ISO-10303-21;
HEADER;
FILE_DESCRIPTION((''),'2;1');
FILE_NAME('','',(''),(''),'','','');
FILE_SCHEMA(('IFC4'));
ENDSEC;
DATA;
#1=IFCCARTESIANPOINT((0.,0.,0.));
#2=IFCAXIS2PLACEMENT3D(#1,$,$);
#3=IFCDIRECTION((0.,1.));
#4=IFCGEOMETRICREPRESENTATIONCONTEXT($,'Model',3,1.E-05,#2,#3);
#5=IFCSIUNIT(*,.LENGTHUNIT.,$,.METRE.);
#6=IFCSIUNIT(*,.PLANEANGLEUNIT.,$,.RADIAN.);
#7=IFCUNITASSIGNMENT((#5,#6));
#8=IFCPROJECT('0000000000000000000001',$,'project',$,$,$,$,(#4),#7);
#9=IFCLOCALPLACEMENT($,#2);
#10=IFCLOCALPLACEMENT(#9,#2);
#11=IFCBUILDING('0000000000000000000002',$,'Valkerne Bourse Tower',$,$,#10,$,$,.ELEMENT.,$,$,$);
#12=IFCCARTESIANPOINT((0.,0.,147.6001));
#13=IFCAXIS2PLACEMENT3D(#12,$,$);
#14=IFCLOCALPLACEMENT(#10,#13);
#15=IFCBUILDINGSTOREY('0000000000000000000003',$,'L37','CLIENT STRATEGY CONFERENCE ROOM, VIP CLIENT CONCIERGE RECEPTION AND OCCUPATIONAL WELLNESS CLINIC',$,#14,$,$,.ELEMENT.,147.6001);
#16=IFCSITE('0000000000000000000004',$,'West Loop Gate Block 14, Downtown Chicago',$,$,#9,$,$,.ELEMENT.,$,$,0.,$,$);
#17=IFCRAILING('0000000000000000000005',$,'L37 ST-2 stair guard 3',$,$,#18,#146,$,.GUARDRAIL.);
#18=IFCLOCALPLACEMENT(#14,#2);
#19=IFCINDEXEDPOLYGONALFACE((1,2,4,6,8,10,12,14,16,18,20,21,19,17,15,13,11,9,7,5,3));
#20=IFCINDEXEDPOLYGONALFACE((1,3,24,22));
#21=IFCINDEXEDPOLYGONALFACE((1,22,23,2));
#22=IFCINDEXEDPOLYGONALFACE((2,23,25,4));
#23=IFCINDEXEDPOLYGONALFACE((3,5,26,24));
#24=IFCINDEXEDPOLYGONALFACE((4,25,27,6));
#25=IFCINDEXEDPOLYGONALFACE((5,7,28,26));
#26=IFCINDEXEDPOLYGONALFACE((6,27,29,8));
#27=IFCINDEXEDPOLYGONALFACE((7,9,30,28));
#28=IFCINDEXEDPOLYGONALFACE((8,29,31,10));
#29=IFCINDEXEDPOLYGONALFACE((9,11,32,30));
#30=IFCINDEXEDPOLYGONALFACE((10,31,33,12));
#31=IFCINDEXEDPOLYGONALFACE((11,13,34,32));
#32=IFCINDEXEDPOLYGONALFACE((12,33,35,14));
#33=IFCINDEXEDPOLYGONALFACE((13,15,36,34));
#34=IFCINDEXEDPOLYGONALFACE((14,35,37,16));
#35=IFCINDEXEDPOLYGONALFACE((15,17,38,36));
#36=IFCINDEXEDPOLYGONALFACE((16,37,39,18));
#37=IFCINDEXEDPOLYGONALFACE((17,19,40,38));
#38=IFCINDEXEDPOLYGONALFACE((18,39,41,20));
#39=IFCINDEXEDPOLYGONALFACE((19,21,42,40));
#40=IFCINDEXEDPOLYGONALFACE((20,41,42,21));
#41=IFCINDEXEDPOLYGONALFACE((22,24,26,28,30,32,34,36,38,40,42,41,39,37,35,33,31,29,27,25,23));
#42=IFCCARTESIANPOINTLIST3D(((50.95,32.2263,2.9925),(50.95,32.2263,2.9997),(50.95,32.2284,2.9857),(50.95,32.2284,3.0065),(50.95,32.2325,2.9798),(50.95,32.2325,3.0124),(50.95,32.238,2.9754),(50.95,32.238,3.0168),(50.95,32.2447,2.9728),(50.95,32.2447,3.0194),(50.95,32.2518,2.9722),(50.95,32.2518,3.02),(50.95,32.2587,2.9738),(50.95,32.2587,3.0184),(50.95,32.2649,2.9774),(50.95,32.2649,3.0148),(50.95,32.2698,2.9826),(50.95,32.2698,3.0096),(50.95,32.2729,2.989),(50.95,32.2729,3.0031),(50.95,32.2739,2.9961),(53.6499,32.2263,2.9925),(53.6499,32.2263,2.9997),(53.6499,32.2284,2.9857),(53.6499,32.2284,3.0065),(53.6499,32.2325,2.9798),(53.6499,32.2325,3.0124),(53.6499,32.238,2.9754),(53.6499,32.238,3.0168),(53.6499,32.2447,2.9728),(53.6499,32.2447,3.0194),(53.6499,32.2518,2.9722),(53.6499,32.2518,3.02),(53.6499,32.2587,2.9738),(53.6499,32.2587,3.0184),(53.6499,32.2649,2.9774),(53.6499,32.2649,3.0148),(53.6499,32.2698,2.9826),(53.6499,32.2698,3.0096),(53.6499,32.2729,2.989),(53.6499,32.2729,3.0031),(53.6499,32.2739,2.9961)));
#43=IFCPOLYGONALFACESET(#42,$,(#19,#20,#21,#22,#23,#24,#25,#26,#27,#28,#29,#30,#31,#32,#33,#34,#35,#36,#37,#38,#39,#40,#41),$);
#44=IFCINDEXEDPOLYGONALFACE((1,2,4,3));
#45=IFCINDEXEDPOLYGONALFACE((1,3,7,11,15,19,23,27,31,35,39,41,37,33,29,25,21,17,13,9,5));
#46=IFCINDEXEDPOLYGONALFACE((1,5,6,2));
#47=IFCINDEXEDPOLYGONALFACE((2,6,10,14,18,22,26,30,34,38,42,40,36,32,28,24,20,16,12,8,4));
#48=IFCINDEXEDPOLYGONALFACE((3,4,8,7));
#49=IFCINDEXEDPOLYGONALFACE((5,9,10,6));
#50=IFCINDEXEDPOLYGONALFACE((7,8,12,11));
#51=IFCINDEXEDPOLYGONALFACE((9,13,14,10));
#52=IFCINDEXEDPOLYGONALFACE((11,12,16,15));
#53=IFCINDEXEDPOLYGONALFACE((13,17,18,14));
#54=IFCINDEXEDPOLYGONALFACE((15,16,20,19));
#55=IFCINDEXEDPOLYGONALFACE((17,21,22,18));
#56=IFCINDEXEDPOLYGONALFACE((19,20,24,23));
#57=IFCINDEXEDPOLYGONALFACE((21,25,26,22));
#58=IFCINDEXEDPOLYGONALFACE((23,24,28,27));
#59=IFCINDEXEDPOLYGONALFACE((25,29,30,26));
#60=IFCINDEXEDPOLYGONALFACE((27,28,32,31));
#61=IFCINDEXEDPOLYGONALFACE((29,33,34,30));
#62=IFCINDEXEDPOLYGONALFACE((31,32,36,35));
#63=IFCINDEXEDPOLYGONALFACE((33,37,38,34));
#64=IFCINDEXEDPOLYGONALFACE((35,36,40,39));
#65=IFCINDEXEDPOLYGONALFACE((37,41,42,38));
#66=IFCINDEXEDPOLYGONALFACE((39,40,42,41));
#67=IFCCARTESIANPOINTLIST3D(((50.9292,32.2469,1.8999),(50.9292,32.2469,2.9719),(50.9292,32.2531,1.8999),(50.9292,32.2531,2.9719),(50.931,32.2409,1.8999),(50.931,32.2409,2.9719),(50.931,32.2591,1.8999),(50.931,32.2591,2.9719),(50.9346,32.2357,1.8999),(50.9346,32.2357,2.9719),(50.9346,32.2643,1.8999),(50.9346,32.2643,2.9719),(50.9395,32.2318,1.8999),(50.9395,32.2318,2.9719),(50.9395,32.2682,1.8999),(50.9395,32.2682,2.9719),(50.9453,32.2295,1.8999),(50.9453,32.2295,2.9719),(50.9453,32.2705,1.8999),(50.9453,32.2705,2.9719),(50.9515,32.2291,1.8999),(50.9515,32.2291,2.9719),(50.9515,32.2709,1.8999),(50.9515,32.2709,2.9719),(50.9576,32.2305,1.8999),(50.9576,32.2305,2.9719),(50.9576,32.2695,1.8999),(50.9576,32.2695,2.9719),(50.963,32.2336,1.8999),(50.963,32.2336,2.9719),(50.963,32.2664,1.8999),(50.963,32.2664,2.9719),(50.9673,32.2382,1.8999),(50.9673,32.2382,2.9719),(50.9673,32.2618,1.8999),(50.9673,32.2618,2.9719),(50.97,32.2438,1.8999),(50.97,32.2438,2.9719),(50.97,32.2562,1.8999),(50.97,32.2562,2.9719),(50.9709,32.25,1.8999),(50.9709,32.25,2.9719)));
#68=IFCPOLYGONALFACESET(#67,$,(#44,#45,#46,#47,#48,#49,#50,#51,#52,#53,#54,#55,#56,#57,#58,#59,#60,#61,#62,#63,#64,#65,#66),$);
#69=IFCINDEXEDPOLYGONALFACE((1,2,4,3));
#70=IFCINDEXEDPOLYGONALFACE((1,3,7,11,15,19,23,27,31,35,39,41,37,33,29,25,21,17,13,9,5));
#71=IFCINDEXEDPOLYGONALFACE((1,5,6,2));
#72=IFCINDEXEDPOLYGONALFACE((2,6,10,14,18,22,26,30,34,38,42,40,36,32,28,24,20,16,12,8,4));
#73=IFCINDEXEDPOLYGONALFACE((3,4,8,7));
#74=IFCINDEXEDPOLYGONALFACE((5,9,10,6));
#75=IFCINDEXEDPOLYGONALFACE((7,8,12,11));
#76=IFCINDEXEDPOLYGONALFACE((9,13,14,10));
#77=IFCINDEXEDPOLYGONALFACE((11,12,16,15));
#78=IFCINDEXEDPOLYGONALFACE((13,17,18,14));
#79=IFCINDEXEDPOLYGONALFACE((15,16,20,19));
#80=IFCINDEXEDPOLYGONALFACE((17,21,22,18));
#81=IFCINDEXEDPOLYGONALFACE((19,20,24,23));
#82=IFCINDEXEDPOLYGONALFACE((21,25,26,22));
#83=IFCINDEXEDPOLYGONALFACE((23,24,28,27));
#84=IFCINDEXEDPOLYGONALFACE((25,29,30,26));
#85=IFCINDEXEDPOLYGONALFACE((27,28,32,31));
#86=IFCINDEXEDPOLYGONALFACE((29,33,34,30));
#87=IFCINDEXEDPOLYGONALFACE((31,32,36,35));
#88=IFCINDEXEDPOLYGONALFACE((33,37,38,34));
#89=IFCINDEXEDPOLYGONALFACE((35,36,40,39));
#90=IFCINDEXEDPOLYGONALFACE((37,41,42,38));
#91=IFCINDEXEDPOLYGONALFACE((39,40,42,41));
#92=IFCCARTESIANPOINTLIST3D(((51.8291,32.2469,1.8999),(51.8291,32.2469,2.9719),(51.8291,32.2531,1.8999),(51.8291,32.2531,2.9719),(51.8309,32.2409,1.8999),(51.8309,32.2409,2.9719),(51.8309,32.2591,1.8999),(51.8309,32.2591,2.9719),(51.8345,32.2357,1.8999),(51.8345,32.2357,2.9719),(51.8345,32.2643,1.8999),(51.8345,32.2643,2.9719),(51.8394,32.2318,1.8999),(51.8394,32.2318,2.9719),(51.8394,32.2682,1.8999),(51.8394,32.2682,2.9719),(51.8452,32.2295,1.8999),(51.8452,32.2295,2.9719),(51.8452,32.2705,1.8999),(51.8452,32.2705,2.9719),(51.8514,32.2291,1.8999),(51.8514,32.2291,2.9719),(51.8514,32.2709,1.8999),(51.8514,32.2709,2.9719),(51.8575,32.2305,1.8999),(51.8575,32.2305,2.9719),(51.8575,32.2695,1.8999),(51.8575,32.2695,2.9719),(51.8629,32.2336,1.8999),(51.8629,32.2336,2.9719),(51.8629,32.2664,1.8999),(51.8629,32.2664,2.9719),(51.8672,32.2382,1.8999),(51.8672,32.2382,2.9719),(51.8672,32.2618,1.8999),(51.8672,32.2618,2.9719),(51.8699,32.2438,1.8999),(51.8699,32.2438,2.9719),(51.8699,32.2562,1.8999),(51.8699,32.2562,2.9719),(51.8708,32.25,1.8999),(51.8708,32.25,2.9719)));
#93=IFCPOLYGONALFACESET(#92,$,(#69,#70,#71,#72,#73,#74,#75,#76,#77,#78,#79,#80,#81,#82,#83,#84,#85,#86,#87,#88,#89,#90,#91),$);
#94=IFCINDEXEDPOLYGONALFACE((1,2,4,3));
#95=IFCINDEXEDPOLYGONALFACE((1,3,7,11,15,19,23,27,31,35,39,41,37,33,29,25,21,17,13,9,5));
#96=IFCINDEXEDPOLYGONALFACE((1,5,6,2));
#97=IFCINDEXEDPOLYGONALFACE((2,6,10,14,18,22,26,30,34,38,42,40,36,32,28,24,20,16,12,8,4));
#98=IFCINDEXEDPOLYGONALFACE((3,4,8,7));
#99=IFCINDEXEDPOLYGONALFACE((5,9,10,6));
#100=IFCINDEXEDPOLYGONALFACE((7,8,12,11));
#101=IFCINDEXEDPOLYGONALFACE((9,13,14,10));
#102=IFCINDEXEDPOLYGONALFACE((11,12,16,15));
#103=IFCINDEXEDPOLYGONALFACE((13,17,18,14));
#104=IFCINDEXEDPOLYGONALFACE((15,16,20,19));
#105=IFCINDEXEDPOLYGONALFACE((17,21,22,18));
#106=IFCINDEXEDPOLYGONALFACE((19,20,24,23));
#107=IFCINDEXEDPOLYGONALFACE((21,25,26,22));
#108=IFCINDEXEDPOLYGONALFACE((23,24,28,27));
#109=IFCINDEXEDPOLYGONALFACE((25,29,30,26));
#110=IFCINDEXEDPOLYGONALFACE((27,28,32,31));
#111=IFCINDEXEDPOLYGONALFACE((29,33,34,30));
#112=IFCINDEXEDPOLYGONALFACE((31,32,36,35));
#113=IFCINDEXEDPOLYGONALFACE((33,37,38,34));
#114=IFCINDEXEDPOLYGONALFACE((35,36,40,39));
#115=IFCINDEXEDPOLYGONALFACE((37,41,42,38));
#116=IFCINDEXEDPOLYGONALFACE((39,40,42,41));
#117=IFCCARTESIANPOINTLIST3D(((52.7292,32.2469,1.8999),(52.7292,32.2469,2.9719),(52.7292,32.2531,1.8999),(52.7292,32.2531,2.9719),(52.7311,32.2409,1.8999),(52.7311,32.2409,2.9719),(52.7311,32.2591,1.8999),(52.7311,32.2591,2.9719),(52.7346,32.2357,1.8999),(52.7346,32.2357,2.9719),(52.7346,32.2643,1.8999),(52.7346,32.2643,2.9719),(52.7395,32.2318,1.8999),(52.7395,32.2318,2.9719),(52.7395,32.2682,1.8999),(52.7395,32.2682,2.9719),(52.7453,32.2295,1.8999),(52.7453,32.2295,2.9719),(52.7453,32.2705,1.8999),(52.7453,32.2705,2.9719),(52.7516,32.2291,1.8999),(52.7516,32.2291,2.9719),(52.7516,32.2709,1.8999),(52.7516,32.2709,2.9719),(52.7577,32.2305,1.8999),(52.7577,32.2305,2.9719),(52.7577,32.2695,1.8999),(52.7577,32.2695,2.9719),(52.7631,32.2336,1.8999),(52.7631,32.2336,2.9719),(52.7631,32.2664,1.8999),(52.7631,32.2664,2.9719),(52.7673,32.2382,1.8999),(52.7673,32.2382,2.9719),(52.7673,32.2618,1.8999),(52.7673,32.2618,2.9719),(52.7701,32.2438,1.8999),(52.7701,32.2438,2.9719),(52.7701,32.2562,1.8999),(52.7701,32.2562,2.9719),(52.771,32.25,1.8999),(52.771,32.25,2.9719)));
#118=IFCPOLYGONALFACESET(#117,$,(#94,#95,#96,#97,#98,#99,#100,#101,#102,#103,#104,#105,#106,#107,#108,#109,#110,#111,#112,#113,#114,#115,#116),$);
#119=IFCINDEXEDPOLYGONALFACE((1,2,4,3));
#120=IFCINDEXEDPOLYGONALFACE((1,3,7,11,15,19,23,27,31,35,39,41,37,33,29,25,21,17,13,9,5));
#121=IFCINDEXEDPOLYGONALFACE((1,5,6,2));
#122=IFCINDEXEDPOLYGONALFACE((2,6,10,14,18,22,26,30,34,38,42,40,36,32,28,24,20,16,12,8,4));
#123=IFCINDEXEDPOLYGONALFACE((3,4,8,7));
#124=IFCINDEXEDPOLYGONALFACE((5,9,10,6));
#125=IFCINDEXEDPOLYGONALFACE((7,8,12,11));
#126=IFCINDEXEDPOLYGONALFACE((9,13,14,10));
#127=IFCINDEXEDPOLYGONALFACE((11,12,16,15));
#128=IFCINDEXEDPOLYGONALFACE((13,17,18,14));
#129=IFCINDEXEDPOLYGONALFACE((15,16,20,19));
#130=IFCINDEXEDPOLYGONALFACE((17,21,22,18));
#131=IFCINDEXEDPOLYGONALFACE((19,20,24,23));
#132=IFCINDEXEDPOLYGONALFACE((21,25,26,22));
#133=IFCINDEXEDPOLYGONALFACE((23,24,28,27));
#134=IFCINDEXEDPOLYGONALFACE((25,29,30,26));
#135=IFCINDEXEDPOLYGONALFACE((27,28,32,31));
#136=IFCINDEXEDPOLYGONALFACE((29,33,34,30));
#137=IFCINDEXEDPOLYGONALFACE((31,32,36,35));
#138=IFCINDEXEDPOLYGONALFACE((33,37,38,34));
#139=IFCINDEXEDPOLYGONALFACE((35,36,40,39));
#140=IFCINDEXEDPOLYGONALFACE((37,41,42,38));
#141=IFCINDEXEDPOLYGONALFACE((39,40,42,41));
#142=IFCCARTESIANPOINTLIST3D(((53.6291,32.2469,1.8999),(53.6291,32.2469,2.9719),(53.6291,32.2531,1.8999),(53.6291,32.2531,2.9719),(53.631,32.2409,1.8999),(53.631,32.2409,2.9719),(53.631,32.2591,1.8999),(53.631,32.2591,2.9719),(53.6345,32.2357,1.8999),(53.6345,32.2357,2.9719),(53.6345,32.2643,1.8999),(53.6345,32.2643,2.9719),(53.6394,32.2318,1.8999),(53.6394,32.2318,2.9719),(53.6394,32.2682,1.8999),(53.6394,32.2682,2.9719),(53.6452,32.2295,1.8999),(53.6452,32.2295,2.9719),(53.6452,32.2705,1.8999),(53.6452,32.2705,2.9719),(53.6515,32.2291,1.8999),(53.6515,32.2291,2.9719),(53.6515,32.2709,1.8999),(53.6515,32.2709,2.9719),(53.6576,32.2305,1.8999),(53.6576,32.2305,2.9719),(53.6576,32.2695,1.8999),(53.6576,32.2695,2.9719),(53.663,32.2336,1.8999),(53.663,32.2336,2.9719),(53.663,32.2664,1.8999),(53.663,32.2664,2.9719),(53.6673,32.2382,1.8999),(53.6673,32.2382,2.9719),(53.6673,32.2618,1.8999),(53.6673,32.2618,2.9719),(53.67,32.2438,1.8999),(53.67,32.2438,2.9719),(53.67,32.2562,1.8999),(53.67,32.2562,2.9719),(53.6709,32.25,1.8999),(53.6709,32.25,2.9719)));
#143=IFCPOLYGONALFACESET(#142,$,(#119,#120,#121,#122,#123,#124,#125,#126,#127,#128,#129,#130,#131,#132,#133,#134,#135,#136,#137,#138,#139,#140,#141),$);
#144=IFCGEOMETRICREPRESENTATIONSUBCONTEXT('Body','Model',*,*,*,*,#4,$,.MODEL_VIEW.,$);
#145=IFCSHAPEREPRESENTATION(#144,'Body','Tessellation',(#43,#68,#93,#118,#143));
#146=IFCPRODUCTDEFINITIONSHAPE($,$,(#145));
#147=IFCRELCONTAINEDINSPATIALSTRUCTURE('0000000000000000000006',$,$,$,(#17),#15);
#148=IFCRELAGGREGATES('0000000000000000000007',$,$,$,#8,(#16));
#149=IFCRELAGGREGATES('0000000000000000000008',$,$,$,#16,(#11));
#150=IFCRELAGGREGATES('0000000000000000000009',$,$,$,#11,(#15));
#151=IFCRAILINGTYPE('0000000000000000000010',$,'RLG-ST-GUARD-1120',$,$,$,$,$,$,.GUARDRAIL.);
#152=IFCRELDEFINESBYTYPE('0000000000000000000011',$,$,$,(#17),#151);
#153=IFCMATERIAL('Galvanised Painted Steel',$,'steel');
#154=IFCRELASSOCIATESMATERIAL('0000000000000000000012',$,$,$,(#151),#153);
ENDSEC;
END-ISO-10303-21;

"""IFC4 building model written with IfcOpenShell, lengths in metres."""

from ifc_helpers import new_model, si_unit, direction, frame, origin, origin_2d, place, context, subcontext, project, spatial, circle, extrude, material, type_object, element, save


model = new_model("IFC4")

# Units and contexts
model_context = context("Model", 3, precision=1e-05, world=origin(), true_north=direction((0.0, 1.0)))
body_context = subcontext(model_context, "Body", "Model", "MODEL_VIEW")
ifc_project = project(units=[si_unit("LENGTHUNIT", "METRE"), si_unit("PLANEANGLEUNIT", "RADIAN")], contexts=[model_context])

# Site, building, storey
site_placement = place(None, origin())
site = spatial("IfcSite", under=ifc_project, at=site_placement, Name="West Loop Gate Block 14, Downtown Chicago", CompositionType="ELEMENT", RefElevation=0.0)
building_placement = place(site_placement, origin())
building = spatial("IfcBuilding", under=site, at=building_placement, Name="Valkerne Bourse Tower", CompositionType="ELEMENT")
storey_placement = place(building_placement, frame((0.0, 0.0, 147.6001)))
storey = spatial("IfcBuildingStorey", under=building, at=storey_placement, Name="L37", Description="CLIENT STRATEGY CONFERENCE ROOM, VIP CLIENT CONCIERGE RECEPTION AND OCCUPATIONAL WELLNESS CLINIC", CompositionType="ELEMENT", Elevation=147.6001)

# Shared definitions
ifc_material_1 = material(Name="Galvanised Painted Steel", Category="steel")

# Railing
railing_type_1 = type_object("IfcRailingType", Name="RLG-ST-GUARD-1120", PredefinedType="GUARDRAIL", material=ifc_material_1)
for number, where, name in (
    (1, (50.95, 32.25, 1.8999), "L37 ST-2 stair guard 3"),
):
    element("IfcRailing", number, at=place(storey_placement, frame(where)), inside=storey, type_object=railing_type_1, Name=name, PredefinedType="GUARDRAIL", context=body_context, shape_type="SweptSolid", body=[
        extrude(circle(Radius=0.0239, at=origin_2d()), frame((0.0, 0.0, 1.0962), z_axis=(1.0, 0.0, 0.0), x_axis=(0.0, 1.0, 0.0)), (0.0, 0.0, 1.0), 2.7),
        extrude(circle(Radius=0.021, at=origin_2d()), origin(), (0.0, 0.0, 1.0), 1.072),
        extrude(circle(Radius=0.021, at=origin_2d()), frame((0.8999, 0.0, 0.0)), (0.0, 0.0, 1.0), 1.072),
        extrude(circle(Radius=0.021, at=origin_2d()), frame((1.8, 0.0, 0.0)), (0.0, 0.0, 1.0), 1.072),
        extrude(circle(Radius=0.021, at=origin_2d()), frame((2.7, 0.0, 0.0)), (0.0, 0.0, 1.0), 1.072),
    ])

save(model, "model.ifc")
